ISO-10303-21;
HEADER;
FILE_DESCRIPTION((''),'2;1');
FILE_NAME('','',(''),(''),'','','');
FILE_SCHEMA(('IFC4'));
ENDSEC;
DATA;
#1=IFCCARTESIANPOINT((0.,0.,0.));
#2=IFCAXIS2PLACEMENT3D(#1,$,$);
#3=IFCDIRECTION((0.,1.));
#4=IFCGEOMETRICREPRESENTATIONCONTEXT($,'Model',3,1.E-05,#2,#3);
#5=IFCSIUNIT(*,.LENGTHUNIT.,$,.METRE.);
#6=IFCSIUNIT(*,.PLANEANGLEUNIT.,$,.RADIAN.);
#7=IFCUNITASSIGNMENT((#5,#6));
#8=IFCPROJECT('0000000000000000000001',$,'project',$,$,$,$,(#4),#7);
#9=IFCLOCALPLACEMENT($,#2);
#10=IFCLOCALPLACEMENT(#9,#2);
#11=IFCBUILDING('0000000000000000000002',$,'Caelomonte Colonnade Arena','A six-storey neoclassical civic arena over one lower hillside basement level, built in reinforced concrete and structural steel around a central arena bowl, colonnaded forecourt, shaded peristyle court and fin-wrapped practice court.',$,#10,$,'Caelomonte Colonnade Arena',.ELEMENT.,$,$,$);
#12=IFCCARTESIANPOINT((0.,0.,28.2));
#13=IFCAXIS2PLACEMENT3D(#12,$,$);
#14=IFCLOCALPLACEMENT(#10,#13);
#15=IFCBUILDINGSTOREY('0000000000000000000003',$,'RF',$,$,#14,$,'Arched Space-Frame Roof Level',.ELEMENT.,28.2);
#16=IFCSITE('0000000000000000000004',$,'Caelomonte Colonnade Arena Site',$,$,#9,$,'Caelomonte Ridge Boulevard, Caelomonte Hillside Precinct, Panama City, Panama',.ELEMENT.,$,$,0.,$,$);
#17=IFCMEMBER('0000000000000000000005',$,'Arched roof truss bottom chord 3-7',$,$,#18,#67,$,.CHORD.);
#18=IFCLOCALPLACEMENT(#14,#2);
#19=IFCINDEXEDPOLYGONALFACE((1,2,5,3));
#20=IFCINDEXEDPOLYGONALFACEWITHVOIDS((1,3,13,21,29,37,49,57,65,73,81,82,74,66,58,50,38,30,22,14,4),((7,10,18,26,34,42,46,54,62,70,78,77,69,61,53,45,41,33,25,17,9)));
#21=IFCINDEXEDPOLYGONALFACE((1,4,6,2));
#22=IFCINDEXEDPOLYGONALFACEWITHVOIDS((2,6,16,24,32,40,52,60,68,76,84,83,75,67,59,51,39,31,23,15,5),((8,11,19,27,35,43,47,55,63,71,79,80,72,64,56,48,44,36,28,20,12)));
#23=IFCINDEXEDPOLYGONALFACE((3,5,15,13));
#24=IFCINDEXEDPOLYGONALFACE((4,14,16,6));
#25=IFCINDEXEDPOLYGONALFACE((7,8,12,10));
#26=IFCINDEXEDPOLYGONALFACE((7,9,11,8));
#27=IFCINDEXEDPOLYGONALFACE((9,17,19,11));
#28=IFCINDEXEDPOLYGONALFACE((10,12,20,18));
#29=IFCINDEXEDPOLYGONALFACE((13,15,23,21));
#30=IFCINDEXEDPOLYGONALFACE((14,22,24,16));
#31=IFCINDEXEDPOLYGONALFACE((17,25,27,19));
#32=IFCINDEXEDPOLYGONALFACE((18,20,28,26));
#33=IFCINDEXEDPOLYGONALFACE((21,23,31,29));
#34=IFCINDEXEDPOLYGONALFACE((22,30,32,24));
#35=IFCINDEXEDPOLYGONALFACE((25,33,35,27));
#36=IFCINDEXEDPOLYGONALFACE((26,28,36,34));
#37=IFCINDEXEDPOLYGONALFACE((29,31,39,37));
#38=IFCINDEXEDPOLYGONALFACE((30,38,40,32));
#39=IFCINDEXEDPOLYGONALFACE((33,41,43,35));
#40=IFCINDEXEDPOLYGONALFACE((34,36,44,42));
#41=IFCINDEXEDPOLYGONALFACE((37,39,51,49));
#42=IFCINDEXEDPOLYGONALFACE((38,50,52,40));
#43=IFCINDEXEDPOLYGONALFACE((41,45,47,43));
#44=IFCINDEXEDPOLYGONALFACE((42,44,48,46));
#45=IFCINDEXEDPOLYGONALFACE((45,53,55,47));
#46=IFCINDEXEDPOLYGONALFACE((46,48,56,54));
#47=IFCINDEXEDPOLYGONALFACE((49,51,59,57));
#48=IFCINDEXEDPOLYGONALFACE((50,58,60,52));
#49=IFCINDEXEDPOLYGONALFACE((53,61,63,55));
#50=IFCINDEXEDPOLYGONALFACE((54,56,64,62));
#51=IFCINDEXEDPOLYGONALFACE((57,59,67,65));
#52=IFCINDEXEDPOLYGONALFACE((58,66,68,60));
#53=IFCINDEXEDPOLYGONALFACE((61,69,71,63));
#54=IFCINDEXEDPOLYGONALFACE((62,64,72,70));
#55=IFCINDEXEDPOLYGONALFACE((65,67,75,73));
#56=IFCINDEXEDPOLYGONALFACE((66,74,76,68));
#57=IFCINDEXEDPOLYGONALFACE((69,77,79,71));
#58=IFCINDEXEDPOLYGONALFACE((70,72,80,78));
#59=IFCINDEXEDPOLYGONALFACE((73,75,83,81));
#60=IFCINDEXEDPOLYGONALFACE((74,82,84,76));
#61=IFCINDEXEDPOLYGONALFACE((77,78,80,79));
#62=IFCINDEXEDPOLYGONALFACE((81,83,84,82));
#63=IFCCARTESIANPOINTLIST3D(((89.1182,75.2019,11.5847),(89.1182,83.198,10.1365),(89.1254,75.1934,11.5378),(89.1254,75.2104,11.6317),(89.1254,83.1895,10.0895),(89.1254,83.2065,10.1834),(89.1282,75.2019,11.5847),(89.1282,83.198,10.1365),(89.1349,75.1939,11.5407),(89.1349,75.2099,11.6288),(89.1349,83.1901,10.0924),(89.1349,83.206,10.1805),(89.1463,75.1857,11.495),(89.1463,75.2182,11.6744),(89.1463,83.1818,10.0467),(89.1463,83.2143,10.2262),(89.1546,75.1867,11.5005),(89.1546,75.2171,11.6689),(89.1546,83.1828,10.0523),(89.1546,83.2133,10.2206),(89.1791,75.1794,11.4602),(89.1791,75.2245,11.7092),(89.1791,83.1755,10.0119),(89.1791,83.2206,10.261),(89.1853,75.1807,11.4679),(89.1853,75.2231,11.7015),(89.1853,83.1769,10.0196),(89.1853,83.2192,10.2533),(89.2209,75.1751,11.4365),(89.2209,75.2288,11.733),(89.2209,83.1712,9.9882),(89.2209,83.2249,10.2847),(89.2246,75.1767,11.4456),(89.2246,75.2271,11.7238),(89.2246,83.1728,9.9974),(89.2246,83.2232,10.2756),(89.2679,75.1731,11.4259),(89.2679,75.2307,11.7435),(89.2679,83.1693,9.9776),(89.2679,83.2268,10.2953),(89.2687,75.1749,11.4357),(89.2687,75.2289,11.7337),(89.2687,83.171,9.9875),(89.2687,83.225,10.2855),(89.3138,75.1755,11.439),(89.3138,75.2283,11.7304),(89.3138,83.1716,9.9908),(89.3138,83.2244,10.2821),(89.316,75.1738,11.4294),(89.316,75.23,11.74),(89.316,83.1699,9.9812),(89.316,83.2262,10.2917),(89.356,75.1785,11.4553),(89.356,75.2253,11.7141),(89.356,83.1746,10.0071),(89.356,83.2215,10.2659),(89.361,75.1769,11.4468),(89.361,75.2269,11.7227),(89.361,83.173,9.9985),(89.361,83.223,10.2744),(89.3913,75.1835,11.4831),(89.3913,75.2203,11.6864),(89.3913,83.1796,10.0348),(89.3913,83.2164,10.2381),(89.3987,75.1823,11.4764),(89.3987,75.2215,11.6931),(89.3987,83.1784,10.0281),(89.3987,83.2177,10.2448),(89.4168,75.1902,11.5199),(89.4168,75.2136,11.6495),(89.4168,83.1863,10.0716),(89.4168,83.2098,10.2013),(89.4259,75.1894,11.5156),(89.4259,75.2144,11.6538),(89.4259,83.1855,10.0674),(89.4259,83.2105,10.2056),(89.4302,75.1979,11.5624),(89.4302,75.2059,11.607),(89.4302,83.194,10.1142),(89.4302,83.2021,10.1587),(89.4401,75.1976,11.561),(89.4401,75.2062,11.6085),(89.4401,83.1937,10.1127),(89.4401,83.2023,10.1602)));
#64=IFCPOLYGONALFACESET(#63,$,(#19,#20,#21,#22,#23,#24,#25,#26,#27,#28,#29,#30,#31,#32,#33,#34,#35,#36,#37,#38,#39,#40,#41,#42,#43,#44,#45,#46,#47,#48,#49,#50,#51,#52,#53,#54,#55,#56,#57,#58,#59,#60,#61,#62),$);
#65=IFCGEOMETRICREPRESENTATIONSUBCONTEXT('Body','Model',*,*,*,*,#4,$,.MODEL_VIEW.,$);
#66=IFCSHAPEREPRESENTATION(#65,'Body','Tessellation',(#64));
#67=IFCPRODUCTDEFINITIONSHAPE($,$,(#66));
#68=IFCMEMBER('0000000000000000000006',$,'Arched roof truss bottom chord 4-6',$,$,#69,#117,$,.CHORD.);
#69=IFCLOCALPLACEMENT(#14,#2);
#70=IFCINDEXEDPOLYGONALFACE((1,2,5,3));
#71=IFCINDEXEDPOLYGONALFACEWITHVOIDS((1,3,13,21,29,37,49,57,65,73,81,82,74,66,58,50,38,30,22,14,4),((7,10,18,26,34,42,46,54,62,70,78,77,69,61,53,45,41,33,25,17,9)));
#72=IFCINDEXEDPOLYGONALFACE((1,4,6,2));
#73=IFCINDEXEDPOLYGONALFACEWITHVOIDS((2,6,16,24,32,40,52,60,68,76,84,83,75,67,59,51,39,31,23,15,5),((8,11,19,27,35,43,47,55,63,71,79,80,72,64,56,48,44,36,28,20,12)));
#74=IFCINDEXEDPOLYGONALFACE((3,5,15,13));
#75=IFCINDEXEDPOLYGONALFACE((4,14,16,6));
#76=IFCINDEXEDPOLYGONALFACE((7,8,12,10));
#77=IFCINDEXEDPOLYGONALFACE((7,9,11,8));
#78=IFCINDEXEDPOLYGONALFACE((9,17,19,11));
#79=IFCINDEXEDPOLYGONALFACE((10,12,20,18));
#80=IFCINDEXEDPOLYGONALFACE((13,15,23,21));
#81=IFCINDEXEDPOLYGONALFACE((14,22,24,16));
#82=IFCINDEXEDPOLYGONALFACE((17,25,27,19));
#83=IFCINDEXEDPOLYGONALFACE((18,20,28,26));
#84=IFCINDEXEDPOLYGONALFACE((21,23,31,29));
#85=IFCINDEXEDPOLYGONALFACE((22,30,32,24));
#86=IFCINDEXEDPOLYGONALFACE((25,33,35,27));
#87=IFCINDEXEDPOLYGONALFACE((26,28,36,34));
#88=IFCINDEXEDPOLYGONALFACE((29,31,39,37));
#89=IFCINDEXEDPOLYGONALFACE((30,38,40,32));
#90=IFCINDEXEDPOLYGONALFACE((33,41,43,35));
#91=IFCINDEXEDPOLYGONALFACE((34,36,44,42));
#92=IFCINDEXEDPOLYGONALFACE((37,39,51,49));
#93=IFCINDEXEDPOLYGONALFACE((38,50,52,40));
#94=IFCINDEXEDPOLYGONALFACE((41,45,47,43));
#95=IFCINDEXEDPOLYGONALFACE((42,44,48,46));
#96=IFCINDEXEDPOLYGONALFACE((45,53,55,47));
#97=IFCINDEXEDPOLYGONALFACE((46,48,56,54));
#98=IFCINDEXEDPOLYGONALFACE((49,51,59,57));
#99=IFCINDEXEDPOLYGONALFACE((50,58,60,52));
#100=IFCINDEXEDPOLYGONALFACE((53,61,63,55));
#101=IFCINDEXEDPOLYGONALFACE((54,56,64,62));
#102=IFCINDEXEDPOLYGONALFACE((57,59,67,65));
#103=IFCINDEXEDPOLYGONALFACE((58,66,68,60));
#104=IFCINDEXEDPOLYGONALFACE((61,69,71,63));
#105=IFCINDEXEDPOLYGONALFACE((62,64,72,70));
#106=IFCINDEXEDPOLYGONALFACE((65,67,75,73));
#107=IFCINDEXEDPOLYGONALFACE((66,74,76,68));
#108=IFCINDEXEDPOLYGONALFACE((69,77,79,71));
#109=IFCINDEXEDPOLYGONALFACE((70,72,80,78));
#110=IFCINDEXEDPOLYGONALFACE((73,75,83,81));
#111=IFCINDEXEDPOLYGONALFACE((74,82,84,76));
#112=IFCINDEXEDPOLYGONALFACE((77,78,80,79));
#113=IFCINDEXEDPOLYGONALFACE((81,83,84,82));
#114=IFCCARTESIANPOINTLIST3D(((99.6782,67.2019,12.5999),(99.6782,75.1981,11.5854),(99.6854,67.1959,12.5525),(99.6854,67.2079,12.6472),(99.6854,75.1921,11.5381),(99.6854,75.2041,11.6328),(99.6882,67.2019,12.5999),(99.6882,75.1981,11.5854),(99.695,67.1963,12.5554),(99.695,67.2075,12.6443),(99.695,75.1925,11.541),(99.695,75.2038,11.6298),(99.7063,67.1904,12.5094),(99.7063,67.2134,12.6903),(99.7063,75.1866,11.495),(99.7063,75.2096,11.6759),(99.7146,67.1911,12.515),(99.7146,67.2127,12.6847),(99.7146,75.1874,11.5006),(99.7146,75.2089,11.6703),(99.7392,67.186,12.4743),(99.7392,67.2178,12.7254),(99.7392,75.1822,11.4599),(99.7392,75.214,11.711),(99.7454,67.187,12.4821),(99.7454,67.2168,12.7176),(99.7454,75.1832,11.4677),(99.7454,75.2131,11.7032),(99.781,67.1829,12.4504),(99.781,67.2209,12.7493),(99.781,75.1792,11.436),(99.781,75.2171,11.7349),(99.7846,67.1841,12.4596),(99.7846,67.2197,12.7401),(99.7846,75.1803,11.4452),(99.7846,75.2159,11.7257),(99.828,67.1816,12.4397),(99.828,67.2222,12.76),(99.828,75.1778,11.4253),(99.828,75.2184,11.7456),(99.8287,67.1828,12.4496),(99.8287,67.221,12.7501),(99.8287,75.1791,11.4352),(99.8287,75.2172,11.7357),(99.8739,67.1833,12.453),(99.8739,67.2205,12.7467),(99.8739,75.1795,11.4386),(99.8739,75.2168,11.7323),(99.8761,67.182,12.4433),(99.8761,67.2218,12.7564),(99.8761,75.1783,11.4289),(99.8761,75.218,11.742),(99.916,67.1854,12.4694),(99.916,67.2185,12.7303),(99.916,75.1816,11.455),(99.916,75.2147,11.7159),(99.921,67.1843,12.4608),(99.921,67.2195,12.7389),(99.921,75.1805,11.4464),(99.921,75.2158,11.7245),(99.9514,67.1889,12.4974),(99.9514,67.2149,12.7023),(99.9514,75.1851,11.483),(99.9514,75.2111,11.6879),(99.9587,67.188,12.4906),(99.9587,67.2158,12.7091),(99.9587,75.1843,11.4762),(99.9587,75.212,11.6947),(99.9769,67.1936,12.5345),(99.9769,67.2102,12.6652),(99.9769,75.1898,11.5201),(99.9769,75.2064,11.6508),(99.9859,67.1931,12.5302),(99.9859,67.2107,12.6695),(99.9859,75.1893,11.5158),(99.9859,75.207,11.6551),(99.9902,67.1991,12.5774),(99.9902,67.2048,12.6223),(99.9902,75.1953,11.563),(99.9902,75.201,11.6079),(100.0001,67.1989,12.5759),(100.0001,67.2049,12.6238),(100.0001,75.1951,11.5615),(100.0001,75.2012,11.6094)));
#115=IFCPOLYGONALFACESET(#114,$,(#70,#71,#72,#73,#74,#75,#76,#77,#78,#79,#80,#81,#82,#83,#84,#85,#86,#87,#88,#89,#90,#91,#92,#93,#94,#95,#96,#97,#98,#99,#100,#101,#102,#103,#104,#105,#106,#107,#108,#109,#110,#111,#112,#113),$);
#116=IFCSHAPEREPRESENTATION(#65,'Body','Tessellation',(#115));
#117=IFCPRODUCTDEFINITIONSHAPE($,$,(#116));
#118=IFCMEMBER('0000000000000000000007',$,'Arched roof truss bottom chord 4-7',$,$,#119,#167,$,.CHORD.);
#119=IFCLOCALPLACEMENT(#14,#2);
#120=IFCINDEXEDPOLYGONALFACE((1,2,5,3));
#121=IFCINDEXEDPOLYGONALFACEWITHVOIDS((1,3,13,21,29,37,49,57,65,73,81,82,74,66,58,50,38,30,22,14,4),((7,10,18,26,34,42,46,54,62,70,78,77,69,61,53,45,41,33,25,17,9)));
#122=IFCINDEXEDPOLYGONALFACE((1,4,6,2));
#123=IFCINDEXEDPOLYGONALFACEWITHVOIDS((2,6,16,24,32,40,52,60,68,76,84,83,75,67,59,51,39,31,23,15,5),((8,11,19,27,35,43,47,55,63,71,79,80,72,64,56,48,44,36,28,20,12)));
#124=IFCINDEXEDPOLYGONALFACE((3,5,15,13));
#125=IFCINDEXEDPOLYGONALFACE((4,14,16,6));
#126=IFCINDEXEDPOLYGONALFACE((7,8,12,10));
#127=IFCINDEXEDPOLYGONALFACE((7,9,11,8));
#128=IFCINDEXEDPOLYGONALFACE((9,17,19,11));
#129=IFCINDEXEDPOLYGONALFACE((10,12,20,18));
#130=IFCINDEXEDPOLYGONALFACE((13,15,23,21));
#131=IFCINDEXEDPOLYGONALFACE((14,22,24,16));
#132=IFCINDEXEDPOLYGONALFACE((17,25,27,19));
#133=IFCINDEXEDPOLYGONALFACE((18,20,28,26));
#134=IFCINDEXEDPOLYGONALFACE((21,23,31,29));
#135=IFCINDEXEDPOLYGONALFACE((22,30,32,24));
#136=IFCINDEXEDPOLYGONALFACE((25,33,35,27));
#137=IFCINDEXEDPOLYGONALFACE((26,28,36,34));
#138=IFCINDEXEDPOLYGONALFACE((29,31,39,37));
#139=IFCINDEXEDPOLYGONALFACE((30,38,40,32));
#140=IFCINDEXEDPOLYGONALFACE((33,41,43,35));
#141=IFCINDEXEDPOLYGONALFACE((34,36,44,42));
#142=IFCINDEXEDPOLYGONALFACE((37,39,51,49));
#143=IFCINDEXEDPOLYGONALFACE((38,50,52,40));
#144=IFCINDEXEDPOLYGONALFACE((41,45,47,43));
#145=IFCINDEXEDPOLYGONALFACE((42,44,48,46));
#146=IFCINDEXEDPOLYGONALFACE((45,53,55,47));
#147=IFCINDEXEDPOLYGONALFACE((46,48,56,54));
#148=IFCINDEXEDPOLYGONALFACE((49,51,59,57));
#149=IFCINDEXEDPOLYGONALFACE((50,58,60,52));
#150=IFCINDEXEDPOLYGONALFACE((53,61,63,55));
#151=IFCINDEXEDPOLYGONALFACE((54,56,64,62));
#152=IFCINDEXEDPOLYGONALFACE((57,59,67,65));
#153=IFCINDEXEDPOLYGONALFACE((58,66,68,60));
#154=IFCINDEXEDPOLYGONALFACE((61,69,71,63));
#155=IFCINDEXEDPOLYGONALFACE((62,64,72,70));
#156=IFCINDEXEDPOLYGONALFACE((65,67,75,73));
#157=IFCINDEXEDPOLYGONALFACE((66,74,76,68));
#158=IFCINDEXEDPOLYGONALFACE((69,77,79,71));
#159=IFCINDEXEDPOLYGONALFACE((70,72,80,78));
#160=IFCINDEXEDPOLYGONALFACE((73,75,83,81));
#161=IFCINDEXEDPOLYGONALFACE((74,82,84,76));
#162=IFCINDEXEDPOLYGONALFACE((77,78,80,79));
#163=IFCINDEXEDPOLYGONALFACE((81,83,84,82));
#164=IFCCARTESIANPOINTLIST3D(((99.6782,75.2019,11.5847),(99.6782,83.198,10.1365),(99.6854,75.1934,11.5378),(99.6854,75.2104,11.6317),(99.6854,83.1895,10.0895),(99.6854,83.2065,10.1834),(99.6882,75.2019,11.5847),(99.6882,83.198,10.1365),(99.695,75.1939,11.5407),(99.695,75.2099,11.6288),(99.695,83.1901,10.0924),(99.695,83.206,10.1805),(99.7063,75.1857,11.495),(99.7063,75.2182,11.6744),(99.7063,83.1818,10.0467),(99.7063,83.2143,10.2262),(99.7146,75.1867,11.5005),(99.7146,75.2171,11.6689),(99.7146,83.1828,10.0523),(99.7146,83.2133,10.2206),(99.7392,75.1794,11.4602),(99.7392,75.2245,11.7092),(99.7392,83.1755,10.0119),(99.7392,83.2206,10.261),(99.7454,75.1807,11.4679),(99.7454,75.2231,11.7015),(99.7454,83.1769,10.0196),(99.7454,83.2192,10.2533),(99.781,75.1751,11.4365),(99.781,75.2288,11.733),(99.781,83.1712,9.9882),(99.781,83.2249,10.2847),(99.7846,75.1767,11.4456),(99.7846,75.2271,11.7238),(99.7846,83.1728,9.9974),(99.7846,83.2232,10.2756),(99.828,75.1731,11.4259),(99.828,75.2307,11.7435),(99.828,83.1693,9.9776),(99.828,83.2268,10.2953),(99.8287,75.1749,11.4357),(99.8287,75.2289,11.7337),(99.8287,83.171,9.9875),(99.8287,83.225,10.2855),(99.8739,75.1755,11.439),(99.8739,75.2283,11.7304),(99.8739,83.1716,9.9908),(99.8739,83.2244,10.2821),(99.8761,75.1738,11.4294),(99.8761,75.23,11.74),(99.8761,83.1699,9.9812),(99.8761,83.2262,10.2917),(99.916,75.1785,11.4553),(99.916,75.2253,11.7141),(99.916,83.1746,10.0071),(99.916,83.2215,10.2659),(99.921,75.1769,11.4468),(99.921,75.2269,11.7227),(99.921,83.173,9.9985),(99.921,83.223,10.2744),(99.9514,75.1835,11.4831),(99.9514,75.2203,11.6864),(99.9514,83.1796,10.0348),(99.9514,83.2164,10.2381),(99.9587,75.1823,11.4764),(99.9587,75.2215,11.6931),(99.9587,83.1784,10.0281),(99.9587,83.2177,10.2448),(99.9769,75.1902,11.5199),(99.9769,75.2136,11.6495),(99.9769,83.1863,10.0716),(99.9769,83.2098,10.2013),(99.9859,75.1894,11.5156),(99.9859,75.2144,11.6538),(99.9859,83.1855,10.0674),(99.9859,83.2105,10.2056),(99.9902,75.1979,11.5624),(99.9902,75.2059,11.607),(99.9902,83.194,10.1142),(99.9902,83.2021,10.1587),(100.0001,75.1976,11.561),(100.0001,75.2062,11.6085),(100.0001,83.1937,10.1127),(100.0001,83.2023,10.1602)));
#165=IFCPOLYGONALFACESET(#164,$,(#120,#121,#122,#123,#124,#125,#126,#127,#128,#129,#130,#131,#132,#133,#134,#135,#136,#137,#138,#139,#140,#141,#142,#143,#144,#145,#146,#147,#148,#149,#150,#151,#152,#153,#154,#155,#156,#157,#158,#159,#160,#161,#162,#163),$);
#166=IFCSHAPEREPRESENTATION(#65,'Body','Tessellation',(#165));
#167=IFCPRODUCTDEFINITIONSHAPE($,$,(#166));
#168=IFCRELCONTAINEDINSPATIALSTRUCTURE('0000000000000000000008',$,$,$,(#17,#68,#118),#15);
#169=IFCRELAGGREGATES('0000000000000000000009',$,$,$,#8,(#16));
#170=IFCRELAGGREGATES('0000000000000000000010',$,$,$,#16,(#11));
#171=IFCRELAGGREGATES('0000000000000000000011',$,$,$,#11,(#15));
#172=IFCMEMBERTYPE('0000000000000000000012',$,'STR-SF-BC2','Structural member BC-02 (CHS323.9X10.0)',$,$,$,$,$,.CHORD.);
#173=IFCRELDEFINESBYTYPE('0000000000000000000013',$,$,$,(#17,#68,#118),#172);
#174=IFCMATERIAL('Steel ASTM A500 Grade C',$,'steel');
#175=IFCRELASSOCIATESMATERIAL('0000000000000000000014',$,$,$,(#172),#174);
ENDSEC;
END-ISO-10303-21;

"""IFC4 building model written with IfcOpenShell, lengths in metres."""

from ifc_helpers import new_model, si_unit, direction, frame, origin, origin_2d, place, context, subcontext, project, spatial, hollow_circle, extrude, material, material_profile, profile_set, type_object, element, save


model = new_model("IFC4")

# Units and contexts
model_context = context("Model", 3, precision=1e-05, world=origin(), true_north=direction((0.0, 1.0)))
body_context = subcontext(model_context, "Body", "Model", "MODEL_VIEW")
ifc_project = project(units=[si_unit("LENGTHUNIT", "METRE"), si_unit("PLANEANGLEUNIT", "RADIAN")], contexts=[model_context])

# Site, building, storey
site_placement = place(None, origin())
site = spatial("IfcSite", under=ifc_project, at=site_placement, Name="Caelomonte Colonnade Arena Site", LongName="Caelomonte Ridge Boulevard, Caelomonte Hillside Precinct, Panama City, Panama", CompositionType="ELEMENT", RefElevation=0.0)
building_placement = place(site_placement, origin())
building = spatial("IfcBuilding", under=site, at=building_placement, Name="Caelomonte Colonnade Arena", Description="A six-storey neoclassical civic arena over one lower hillside basement level, built in reinforced concrete and structural steel around a central arena bowl, colonnaded forecourt, shaded peristyle court and fin-wrapped practice court.", LongName="Caelomonte Colonnade Arena", CompositionType="ELEMENT")
storey_placement = place(building_placement, frame((0.0, 0.0, 28.2)))
storey = spatial("IfcBuildingStorey", under=building, at=storey_placement, Name="RF", LongName="Arched Space-Frame Roof Level", CompositionType="ELEMENT", Elevation=28.2)

# Members
ifc_material_1 = material(Name="Steel ASTM A500 Grade C", Category="steel")
ifc_material_profile_1 = material_profile(ifc_material_1, hollow_circle(Radius=0.1619, WallThickness=0.01, at=origin_2d()), Name="CHS323.9X10.0")
ifc_profile_set_1 = profile_set([ifc_material_profile_1], Name="Steel ASTM A500 Grade C")
member_type_1 = type_object("IfcMemberType", Name="STR-SF-BC2", Description="Structural member BC-02 (CHS323.9X10.0)", PredefinedType="CHORD", material=ifc_profile_set_1)
member_1_placement = place(storey_placement, frame((89.28, 75.2019, 11.5847), z_axis=(0.0, 0.983991, -0.178219), x_axis=(-1.0, 0.0, 0.0)))
element("IfcMember", 1, at=member_1_placement, inside=storey, type_object=member_type_1, Name="Arched roof truss bottom chord 3-7", PredefinedType="CHORD", context=body_context, shape_type="SweptSolid", body=[
    extrude(hollow_circle(Radius=0.1619, WallThickness=0.01, at=origin_2d()), origin(), (0.0, 0.0, 1.0), 8.1262),
])
member_2_placement = place(storey_placement, frame((99.8401, 67.2019, 12.5999), z_axis=(0.0, 0.992049, -0.125854), x_axis=(-1.0, 0.0, 0.0)))
element("IfcMember", 2, at=member_2_placement, inside=storey, type_object=member_type_1, Name="Arched roof truss bottom chord 4-6", PredefinedType="CHORD", context=body_context, shape_type="SweptSolid", body=[
    extrude(hollow_circle(Radius=0.1619, WallThickness=0.01, at=origin_2d()), origin(), (0.0, 0.0, 1.0), 8.0603),
])
member_3_placement = place(storey_placement, frame((99.8401, 75.2019, 11.5847), z_axis=(0.0, 0.983991, -0.178219), x_axis=(-1.0, 0.0, 0.0)))
element("IfcMember", 3, at=member_3_placement, inside=storey, type_object=member_type_1, Name="Arched roof truss bottom chord 4-7", PredefinedType="CHORD", context=body_context, shape_type="SweptSolid", body=[
    extrude(hollow_circle(Radius=0.1619, WallThickness=0.01, at=origin_2d()), origin(), (0.0, 0.0, 1.0), 8.1262),
])

save(model, "model.ifc")
